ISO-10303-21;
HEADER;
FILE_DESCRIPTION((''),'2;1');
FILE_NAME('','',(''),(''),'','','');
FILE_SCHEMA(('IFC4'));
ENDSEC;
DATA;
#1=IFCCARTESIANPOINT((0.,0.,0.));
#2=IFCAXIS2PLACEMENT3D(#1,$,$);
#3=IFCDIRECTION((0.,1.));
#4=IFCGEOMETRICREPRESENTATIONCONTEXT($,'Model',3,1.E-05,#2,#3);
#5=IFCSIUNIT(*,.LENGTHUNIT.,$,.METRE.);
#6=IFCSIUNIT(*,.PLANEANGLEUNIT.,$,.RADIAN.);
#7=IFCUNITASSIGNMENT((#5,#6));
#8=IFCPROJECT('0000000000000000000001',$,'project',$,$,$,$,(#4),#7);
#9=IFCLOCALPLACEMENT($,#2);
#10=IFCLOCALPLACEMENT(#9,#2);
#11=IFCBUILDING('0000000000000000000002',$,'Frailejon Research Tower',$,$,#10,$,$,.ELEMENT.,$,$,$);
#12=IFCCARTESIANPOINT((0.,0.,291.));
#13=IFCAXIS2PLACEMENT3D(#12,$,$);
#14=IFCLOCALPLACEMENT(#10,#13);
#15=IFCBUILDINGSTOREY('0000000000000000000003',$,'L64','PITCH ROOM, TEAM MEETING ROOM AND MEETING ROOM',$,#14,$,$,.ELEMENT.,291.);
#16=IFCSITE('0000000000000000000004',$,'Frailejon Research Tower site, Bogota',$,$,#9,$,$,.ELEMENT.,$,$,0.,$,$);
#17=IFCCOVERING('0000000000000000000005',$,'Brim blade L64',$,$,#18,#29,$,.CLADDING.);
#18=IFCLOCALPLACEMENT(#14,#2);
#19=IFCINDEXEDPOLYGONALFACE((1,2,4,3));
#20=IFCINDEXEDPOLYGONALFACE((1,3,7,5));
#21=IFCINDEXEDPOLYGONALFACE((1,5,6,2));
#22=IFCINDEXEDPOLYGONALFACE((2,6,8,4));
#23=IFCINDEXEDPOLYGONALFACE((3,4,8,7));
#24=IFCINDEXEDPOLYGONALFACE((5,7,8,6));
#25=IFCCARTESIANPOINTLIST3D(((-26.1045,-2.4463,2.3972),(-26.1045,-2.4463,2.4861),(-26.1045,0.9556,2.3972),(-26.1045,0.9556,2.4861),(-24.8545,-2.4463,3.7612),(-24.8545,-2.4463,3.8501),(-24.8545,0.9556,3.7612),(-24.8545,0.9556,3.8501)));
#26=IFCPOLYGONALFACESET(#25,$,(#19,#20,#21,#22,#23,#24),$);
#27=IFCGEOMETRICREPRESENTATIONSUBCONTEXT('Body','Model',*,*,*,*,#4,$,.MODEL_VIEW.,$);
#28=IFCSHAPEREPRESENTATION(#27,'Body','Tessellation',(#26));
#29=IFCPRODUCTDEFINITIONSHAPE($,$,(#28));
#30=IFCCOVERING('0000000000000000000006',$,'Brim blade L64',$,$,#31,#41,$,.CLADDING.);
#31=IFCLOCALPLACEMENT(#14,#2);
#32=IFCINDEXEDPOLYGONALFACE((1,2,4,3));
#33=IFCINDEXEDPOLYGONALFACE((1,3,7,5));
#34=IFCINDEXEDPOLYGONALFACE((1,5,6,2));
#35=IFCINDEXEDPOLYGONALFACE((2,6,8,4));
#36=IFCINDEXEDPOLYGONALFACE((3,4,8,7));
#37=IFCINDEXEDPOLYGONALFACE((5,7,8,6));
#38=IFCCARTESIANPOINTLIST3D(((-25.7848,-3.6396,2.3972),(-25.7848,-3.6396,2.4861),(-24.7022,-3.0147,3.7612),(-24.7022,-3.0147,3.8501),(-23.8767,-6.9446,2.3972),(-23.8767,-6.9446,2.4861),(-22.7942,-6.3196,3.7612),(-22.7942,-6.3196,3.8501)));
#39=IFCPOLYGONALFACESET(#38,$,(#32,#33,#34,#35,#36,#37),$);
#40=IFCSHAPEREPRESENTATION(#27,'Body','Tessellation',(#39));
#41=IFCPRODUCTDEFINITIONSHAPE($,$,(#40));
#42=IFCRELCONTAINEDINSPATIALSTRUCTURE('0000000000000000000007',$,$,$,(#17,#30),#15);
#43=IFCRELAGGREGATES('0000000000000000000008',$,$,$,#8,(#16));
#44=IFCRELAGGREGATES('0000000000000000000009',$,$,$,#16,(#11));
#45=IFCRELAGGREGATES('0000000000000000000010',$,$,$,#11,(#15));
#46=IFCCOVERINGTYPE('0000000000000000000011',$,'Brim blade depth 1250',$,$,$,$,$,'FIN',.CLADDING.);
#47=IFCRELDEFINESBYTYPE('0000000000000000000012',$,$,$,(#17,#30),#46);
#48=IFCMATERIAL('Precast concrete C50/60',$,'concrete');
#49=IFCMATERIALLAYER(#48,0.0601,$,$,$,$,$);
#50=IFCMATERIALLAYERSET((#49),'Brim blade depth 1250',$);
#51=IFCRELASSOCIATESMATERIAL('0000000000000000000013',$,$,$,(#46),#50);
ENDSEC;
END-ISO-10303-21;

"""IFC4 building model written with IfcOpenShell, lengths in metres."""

from ifc_helpers import new_model, si_unit, direction, frame, origin, place, context, subcontext, project, spatial, polyline, outline, extrude, material, layer, layer_set, type_object, element, save


model = new_model("IFC4")

# Units and contexts
model_context = context("Model", 3, precision=1e-05, world=origin(), true_north=direction((0.0, 1.0)))
body_context = subcontext(model_context, "Body", "Model", "MODEL_VIEW")
ifc_project = project(units=[si_unit("LENGTHUNIT", "METRE"), si_unit("PLANEANGLEUNIT", "RADIAN")], contexts=[model_context])

# Site, building, storey
site_placement = place(None, origin())
site = spatial("IfcSite", under=ifc_project, at=site_placement, Name="Frailejon Research Tower site, Bogota", CompositionType="ELEMENT", RefElevation=0.0)
building_placement = place(site_placement, origin())
building = spatial("IfcBuilding", under=site, at=building_placement, Name="Frailejon Research Tower", CompositionType="ELEMENT")
storey_placement = place(building_placement, frame((0.0, 0.0, 291.0)))
storey = spatial("IfcBuildingStorey", under=building, at=storey_placement, Name="L64", Description="PITCH ROOM, TEAM MEETING ROOM AND MEETING ROOM", CompositionType="ELEMENT", Elevation=291.0)

# Coverings
ifc_material_1 = material(Name="Precast concrete C50/60", Category="concrete")
ifc_layer_1 = layer(ifc_material_1, 0.0601)
ifc_layer_set_1 = layer_set([ifc_layer_1], Name="Brim blade depth 1250")
covering_type_1 = type_object("IfcCoveringType", Name="Brim blade depth 1250", ElementType="FIN", PredefinedType="CLADDING", material=ifc_layer_set_1)
covering_1_placement = place(storey_placement, frame((-24.8545, -2.4463, 3.8501), z_axis=(0.0, 1.0, 0.0), x_axis=(-1.0, 0.0, 0.0)))
element("IfcCovering", 1, at=covering_1_placement, inside=storey, type_object=covering_type_1, Name="Brim blade L64", PredefinedType="CLADDING", context=body_context, shape_type="SweptSolid", body=[
    extrude(outline(polyline([(0.0, -0.0889), (1.25, -1.4529), (1.25, -1.364), (0.0, 0.0), (0.0, -0.0889)])), origin(), (0.0, 0.0, 1.0), 3.4019),
])
covering_2_placement = place(storey_placement, frame((-22.7942, -6.3196, 3.8501), z_axis=(-0.499984, 0.866035, 0.0), x_axis=(-0.866035, -0.499984, 0.0)))
element("IfcCovering", 2, at=covering_2_placement, inside=storey, type_object=covering_type_1, Name="Brim blade L64", PredefinedType="CLADDING", context=body_context, shape_type="SweptSolid", body=[
    extrude(outline(polyline([(0.0, -0.0889), (1.25, -1.4529), (1.25, -1.364), (0.0, 0.0), (0.0, -0.0889)])), origin(), (0.0, 0.0, 1.0), 3.8162),
])

save(model, "model.ifc")
